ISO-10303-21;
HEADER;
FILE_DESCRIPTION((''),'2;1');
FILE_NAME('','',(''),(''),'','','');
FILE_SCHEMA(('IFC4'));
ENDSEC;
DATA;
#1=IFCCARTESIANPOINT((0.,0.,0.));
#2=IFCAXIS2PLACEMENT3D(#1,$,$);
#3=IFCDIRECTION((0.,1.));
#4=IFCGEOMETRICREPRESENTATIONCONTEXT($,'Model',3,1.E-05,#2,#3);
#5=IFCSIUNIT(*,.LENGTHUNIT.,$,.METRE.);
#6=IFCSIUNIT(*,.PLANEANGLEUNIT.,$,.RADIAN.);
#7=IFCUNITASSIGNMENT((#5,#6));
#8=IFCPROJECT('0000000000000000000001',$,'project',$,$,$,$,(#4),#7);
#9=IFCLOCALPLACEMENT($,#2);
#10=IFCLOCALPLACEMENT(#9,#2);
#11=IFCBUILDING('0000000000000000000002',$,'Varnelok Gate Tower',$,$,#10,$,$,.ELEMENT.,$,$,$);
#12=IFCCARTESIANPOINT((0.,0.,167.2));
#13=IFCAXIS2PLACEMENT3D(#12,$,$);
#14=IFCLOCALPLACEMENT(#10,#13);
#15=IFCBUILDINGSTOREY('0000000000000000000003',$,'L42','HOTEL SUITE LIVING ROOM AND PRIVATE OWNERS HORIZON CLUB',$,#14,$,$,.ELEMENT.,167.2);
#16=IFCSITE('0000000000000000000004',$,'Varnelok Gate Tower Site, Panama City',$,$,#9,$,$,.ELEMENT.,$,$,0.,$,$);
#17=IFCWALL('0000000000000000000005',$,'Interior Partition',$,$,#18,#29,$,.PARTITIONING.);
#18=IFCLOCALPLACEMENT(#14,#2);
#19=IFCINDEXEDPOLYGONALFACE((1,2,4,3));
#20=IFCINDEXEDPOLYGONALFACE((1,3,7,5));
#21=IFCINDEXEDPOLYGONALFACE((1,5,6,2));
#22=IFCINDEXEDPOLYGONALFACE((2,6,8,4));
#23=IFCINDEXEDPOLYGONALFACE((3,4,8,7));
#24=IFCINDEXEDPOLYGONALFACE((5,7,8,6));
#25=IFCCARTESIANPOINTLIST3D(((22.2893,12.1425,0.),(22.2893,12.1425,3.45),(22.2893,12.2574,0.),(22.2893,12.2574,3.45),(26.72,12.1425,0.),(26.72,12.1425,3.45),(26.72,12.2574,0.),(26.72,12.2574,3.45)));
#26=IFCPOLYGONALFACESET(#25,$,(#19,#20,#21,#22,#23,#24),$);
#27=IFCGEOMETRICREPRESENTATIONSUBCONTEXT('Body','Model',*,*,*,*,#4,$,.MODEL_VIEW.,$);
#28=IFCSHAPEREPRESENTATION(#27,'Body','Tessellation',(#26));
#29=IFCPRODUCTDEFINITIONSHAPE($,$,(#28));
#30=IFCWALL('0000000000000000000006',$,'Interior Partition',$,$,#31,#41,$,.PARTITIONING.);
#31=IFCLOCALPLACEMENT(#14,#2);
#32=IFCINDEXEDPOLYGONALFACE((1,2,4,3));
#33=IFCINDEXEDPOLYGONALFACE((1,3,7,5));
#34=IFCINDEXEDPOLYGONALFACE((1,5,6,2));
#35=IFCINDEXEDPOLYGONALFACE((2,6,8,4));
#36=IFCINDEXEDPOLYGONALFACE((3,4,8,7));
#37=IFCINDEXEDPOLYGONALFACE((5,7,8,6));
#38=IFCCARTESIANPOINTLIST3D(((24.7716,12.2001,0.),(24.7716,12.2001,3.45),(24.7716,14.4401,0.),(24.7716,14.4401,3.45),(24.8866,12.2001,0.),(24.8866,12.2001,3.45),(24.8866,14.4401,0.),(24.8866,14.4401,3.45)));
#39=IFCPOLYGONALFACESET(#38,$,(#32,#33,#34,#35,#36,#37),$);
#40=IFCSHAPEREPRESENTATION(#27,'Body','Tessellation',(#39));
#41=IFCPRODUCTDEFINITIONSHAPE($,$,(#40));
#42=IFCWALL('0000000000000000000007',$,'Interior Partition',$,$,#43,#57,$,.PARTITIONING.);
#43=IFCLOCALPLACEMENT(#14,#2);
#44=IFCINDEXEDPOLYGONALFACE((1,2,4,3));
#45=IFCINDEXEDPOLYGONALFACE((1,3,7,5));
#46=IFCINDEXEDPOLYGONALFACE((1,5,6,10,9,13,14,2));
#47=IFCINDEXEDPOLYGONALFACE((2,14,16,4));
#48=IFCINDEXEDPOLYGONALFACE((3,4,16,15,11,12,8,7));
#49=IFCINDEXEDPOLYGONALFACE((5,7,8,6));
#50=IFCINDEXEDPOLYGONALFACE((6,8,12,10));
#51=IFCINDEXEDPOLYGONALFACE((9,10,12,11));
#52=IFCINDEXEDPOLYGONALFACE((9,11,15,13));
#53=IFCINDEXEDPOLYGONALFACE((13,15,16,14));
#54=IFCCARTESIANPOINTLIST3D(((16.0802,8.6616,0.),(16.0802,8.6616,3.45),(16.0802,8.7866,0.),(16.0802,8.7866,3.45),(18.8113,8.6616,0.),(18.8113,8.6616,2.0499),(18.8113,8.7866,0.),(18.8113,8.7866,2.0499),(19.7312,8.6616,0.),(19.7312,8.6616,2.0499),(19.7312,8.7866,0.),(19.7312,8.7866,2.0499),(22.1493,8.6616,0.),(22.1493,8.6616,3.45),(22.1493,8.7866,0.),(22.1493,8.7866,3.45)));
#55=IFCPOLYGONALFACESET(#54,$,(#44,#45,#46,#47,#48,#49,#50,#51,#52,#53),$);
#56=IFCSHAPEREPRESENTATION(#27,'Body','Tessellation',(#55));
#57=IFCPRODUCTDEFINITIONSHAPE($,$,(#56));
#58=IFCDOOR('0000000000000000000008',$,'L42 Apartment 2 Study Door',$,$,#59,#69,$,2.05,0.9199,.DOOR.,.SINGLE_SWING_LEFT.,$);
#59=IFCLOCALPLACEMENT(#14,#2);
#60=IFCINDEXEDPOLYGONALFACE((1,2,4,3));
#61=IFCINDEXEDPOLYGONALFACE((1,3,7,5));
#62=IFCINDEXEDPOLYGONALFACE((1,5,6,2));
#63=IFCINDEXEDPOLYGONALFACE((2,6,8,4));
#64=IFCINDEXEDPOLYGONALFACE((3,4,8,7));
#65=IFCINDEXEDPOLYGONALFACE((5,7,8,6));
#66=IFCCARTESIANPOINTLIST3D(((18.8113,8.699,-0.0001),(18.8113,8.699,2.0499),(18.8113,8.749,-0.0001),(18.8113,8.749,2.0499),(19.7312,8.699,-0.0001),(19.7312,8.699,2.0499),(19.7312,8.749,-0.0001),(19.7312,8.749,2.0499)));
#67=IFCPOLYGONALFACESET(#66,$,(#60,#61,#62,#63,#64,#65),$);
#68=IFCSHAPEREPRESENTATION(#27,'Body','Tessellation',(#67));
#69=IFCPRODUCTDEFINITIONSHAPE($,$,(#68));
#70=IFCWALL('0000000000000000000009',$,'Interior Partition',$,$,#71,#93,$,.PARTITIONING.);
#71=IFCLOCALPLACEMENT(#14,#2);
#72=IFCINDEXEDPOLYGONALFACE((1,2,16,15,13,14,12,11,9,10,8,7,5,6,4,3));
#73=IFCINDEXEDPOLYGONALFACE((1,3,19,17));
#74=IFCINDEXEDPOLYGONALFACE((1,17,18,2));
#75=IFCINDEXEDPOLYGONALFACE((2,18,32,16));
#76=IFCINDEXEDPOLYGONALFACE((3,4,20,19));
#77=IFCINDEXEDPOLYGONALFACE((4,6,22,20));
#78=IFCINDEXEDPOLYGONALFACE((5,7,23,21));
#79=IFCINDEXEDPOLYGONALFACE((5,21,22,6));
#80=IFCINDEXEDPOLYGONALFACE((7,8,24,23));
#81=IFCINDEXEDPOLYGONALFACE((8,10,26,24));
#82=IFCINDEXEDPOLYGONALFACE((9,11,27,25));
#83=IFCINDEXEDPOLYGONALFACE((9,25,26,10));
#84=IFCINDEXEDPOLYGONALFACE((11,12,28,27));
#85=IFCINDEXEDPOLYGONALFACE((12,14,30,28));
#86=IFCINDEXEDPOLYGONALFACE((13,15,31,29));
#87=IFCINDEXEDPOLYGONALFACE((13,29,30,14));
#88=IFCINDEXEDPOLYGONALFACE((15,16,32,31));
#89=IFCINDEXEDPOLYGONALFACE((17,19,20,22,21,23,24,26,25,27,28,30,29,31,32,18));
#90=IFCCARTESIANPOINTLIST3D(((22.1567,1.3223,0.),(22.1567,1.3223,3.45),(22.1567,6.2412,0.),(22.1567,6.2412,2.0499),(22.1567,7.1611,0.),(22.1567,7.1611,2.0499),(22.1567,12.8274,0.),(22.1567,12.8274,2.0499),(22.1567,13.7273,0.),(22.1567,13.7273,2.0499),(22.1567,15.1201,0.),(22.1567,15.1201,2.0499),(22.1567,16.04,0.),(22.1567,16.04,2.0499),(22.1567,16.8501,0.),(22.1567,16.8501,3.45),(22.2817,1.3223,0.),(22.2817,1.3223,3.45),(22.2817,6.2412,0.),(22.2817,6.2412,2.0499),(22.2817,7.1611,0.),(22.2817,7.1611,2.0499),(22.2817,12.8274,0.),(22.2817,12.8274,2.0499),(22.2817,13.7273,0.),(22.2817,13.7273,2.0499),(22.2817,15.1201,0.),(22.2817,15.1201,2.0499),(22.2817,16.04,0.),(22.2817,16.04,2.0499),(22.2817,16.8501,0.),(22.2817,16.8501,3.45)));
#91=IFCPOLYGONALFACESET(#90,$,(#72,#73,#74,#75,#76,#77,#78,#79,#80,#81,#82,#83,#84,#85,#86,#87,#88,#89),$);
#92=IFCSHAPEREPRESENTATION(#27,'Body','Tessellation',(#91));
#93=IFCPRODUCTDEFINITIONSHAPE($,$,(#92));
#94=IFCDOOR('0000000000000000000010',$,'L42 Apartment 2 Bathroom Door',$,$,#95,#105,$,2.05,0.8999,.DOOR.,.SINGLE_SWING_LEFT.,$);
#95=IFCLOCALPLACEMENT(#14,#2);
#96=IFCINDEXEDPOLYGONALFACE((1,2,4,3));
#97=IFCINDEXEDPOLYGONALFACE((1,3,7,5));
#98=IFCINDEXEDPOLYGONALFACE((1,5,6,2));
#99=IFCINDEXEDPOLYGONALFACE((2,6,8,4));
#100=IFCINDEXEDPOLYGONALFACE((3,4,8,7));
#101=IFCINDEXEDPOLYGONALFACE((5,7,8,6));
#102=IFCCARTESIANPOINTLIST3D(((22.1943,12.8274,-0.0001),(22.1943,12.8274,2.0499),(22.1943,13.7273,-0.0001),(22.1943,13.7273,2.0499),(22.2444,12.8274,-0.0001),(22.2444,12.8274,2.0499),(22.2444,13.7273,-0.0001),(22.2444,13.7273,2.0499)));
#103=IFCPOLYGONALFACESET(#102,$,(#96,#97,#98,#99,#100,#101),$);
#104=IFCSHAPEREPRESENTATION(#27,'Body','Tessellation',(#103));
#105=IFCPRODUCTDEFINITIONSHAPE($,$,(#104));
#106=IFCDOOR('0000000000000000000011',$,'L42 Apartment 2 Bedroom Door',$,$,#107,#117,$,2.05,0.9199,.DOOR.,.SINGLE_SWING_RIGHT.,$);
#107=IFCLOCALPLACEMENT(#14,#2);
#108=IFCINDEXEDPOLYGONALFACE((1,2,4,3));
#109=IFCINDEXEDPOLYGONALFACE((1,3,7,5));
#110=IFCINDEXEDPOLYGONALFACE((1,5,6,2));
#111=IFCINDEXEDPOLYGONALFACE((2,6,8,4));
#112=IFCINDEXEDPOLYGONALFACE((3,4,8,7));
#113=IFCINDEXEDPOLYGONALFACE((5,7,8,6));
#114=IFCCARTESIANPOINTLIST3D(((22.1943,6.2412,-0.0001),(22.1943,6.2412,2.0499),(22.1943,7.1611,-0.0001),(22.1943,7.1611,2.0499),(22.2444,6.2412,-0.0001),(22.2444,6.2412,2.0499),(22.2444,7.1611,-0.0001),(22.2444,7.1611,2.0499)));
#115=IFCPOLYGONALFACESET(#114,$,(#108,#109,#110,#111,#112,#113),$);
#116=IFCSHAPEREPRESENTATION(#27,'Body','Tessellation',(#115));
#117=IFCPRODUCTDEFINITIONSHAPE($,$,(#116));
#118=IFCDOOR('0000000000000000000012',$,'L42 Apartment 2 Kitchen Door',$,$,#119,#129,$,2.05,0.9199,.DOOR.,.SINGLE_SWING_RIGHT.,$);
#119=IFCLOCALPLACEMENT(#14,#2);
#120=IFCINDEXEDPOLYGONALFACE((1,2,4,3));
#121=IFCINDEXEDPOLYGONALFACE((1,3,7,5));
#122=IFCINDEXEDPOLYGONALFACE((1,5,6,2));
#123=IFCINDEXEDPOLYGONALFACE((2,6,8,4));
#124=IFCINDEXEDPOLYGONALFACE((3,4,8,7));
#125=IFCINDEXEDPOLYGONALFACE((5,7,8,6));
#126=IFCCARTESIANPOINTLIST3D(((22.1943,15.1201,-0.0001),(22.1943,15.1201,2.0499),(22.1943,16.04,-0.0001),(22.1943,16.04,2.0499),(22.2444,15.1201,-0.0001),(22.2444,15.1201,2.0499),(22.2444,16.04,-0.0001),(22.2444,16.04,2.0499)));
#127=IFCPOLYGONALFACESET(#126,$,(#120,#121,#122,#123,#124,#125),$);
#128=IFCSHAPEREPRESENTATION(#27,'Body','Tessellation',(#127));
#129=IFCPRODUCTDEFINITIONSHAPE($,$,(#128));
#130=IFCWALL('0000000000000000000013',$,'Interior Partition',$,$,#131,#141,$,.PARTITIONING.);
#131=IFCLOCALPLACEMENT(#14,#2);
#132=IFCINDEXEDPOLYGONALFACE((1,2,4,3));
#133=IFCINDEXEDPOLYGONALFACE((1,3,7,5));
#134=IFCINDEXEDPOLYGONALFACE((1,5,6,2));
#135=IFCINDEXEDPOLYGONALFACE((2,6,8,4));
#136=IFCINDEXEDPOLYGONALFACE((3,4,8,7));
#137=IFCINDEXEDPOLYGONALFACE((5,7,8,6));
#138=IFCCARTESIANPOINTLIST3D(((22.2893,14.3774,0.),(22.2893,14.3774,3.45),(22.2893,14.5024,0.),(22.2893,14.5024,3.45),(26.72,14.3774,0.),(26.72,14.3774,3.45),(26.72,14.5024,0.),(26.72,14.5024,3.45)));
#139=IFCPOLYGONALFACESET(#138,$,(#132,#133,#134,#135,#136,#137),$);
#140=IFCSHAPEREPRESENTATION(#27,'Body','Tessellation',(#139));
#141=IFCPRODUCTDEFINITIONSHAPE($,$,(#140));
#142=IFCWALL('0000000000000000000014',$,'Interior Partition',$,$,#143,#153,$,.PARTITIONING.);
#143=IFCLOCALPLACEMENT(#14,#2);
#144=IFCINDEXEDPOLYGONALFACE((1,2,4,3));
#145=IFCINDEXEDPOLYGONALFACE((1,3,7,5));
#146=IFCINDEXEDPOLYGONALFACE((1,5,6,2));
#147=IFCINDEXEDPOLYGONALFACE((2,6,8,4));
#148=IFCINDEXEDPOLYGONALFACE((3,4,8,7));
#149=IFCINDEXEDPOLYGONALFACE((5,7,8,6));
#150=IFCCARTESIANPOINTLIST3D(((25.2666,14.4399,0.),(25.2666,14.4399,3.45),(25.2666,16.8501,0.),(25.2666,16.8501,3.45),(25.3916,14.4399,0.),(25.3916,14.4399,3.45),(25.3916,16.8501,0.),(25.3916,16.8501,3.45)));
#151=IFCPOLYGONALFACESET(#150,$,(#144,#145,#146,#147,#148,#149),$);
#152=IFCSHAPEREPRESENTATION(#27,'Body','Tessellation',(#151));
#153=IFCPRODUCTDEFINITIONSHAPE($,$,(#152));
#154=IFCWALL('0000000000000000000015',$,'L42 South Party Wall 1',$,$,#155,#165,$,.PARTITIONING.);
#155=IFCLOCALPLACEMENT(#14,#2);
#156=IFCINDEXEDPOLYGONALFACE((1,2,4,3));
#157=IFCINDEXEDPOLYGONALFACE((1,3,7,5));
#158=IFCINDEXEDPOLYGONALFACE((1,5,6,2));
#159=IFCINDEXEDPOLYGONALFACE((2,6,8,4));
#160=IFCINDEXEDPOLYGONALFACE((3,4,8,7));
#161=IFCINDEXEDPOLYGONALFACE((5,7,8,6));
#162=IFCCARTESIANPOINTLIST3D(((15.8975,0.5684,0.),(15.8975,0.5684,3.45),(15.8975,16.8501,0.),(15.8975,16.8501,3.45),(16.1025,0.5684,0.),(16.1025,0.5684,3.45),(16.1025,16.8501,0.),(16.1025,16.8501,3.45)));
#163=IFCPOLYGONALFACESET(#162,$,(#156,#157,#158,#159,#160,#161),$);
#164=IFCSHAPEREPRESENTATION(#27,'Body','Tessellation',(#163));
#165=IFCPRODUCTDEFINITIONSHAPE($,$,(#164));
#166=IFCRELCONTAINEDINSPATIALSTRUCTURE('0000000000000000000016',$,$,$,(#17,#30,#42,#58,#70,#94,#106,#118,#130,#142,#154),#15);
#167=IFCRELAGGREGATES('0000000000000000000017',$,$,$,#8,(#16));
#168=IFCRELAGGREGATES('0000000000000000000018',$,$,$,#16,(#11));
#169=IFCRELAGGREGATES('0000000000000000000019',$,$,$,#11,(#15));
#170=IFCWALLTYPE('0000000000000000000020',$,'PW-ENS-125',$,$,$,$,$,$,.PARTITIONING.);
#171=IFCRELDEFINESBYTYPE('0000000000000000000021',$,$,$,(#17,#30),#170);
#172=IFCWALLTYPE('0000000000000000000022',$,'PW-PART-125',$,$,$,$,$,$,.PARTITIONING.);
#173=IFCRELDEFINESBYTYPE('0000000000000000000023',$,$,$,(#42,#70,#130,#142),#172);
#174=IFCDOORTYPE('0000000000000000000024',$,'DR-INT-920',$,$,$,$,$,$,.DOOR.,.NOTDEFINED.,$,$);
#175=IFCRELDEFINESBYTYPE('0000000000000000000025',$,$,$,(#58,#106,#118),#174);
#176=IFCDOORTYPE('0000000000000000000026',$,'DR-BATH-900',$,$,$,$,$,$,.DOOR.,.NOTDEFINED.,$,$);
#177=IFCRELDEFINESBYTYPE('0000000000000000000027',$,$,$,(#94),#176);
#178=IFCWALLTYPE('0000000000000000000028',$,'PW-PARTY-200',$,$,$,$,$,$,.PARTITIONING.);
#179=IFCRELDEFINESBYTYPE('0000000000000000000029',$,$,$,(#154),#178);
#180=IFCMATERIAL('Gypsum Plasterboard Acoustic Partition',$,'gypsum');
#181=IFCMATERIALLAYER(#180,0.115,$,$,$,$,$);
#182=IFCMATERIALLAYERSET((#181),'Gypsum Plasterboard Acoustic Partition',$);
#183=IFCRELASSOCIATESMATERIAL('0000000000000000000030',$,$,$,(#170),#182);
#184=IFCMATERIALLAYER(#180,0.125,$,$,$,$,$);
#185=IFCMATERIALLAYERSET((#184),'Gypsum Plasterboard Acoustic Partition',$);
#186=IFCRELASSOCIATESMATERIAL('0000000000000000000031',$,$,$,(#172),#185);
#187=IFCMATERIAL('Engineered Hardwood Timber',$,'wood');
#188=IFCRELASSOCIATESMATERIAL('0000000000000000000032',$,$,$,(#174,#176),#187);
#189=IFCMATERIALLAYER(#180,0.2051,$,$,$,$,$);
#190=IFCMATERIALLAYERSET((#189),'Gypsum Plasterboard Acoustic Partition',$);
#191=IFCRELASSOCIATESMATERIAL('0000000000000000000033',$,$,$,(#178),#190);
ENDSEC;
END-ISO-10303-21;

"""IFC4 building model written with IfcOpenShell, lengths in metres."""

from ifc_helpers import new_model, si_unit, direction, frame, frame_2d, origin, place, context, subcontext, project, spatial, rectangle, extrude, material, layer, layer_set, type_object, element, fill, save


model = new_model("IFC4")

# Units and contexts
model_context = context("Model", 3, precision=1e-05, world=origin(), true_north=direction((0.0, 1.0)))
body_context = subcontext(model_context, "Body", "Model", "MODEL_VIEW")
ifc_project = project(units=[si_unit("LENGTHUNIT", "METRE"), si_unit("PLANEANGLEUNIT", "RADIAN")], contexts=[model_context])

# Site, building, storey
site_placement = place(None, origin())
site = spatial("IfcSite", under=ifc_project, at=site_placement, Name="Varnelok Gate Tower Site, Panama City", CompositionType="ELEMENT", RefElevation=0.0)
building_placement = place(site_placement, origin())
building = spatial("IfcBuilding", under=site, at=building_placement, Name="Varnelok Gate Tower", CompositionType="ELEMENT")
storey_placement = place(building_placement, frame((0.0, 0.0, 167.2)))
storey = spatial("IfcBuildingStorey", under=building, at=storey_placement, Name="L42", Description="HOTEL SUITE LIVING ROOM AND PRIVATE OWNERS HORIZON CLUB", CompositionType="ELEMENT", Elevation=167.2)

# Shared definitions
ifc_material_1 = material(Name="Gypsum Plasterboard Acoustic Partition", Category="gypsum")
ifc_material_2 = material(Name="Engineered Hardwood Timber", Category="wood")

# Walls
ifc_layer_1 = layer(ifc_material_1, 0.115)
ifc_layer_set_1 = layer_set([ifc_layer_1], Name="Gypsum Plasterboard Acoustic Partition")
wall_type_1 = type_object("IfcWallType", Name="PW-ENS-125", PredefinedType="PARTITIONING", material=ifc_layer_set_1)
wall_1_placement = place(storey_placement, frame((22.2893, 12.2, 0.0), z_axis=(0.0, 0.0, 1.0), x_axis=(1.0, 0.0, 0.0)))
element("IfcWall", 1, at=wall_1_placement, inside=storey, type_object=wall_type_1, Name="Interior Partition", PredefinedType="PARTITIONING", context=body_context, shape_type="SweptSolid", body=[
    extrude(rectangle(XDim=4.4307, YDim=0.115, at=frame_2d((2.2153, 0.0))), origin(), (0.0, 0.0, 1.0), 3.45),
])
wall_2_placement = place(storey_placement, frame((24.8291, 12.2, 0.0), z_axis=(0.0, 0.0, 1.0), x_axis=(0.0, 1.0, 0.0)))
element("IfcWall", 2, at=wall_2_placement, inside=storey, type_object=wall_type_1, Name="Interior Partition", PredefinedType="PARTITIONING", context=body_context, shape_type="SweptSolid", body=[
    extrude(rectangle(XDim=2.24, YDim=0.115, at=frame_2d((1.1201, 0.0))), origin(), (0.0, 0.0, 1.0), 3.45),
])

# Wall, opening, door
ifc_layer_2 = layer(ifc_material_1, 0.125)
ifc_layer_set_2 = layer_set([ifc_layer_2], Name="Gypsum Plasterboard Acoustic Partition")
wall_type_2 = type_object("IfcWallType", Name="PW-PART-125", PredefinedType="PARTITIONING", material=ifc_layer_set_2)
wall_3_placement = place(storey_placement, frame((16.0801, 8.7241, 0.0), z_axis=(0.0, 0.0, 1.0), x_axis=(1.0, 0.0, 0.0)))
wall_3 = element("IfcWall", 3, at=wall_3_placement, inside=storey, type_object=wall_type_2, Name="Interior Partition", PredefinedType="PARTITIONING", context=body_context, shape_type="SweptSolid", body=[
    extrude(rectangle(XDim=6.0691, YDim=0.125, at=frame_2d((3.0347, 0.0))), origin(), (0.0, 0.0, 1.0), 3.45),
])
opening_1_placement = place(wall_3_placement, frame((2.7312, 0.0, 0.0)))
opening_1 = element("IfcOpeningElement", 4, at=opening_1_placement, cuts=wall_3, PredefinedType="OPENING", context=body_context, shape_type="SweptSolid", body=[
    extrude(rectangle(XDim=0.9199, YDim=2.05, at=frame_2d((0.46, 1.0249))), frame((0.0, 0.0725, 0.0), z_axis=(0.0, -1.0, 0.0), x_axis=(1.0, 0.0, 0.0)), (0.0, 0.0, 1.0), 0.145),
])
door_type_1 = type_object("IfcDoorType", Name="DR-INT-920", OperationType="NOTDEFINED", PredefinedType="DOOR", material=ifc_material_2)
door_1_placement = place(opening_1_placement, origin())
door_1 = element("IfcDoor", 5, at=door_1_placement, inside=storey, type_object=door_type_1, Name="L42 Apartment 2 Study Door", OperationType="SINGLE_SWING_LEFT", OverallHeight=2.05, OverallWidth=0.9199, PredefinedType="DOOR", context=body_context, shape_type="SweptSolid", body=[
    extrude(rectangle(XDim=0.9199, YDim=2.05, at=frame_2d((0.46, 1.0249))), frame((0.0, 0.0249, 0.0), z_axis=(0.0, -1.0, 0.0), x_axis=(1.0, 0.0, 0.0)), (0.0, 0.0, 1.0), 0.05),
])
fill(opening_1, door_1)

# Wall, openings, doors
wall_4_placement = place(storey_placement, frame((22.2192, 1.3223, 0.0), z_axis=(0.0, 0.0, 1.0), x_axis=(0.0, 1.0, 0.0)))
wall_4 = element("IfcWall", 6, at=wall_4_placement, inside=storey, type_object=wall_type_2, Name="Interior Partition", PredefinedType="PARTITIONING", context=body_context, shape_type="SweptSolid", body=[
    extrude(rectangle(XDim=15.5278, YDim=0.125, at=frame_2d((7.7639, 0.0))), origin(), (0.0, 0.0, 1.0), 3.45),
])
opening_2_placement = place(wall_4_placement, frame((4.9189, 0.0, 0.0)))
opening_2 = element("IfcOpeningElement", 7, at=opening_2_placement, cuts=wall_4, PredefinedType="OPENING", context=body_context, shape_type="SweptSolid", body=[
    extrude(rectangle(XDim=0.9199, YDim=2.05, at=frame_2d((0.46, 1.0249))), frame((0.0, 0.0725, 0.0), z_axis=(0.0, -1.0, 0.0), x_axis=(1.0, 0.0, 0.0)), (0.0, 0.0, 1.0), 0.145),
])
opening_3_placement = place(wall_4_placement, frame((11.5051, 0.0, 0.0)))
opening_3 = element("IfcOpeningElement", 8, at=opening_3_placement, cuts=wall_4, PredefinedType="OPENING", context=body_context, shape_type="SweptSolid", body=[
    extrude(rectangle(XDim=0.8999, YDim=2.05, at=frame_2d((0.45, 1.0249))), frame((0.0, 0.0725, 0.0), z_axis=(0.0, -1.0, 0.0), x_axis=(1.0, 0.0, 0.0)), (0.0, 0.0, 1.0), 0.145),
])
opening_4_placement = place(wall_4_placement, frame((13.7979, 0.0, 0.0)))
opening_4 = element("IfcOpeningElement", 9, at=opening_4_placement, cuts=wall_4, PredefinedType="OPENING", context=body_context, shape_type="SweptSolid", body=[
    extrude(rectangle(XDim=0.9199, YDim=2.05, at=frame_2d((0.46, 1.0249))), frame((0.0, 0.0725, 0.0), z_axis=(0.0, -1.0, 0.0), x_axis=(1.0, 0.0, 0.0)), (0.0, 0.0, 1.0), 0.145),
])
door_type_2 = type_object("IfcDoorType", Name="DR-BATH-900", OperationType="NOTDEFINED", PredefinedType="DOOR", material=ifc_material_2)
door_2_placement = place(opening_3_placement, origin())
door_2 = element("IfcDoor", 10, at=door_2_placement, inside=storey, type_object=door_type_2, Name="L42 Apartment 2 Bathroom Door", OperationType="SINGLE_SWING_LEFT", OverallHeight=2.05, OverallWidth=0.8999, PredefinedType="DOOR", context=body_context, shape_type="SweptSolid", body=[
    extrude(rectangle(XDim=0.8999, YDim=2.05, at=frame_2d((0.45, 1.0249))), frame((0.0, 0.0249, 0.0), z_axis=(0.0, -1.0, 0.0), x_axis=(1.0, 0.0, 0.0)), (0.0, 0.0, 1.0), 0.05),
])
fill(opening_3, door_2)
door_3_placement = place(opening_2_placement, origin())
door_3 = element("IfcDoor", 11, at=door_3_placement, inside=storey, type_object=door_type_1, Name="L42 Apartment 2 Bedroom Door", OperationType="SINGLE_SWING_RIGHT", OverallHeight=2.05, OverallWidth=0.9199, PredefinedType="DOOR", context=body_context, shape_type="SweptSolid", body=[
    extrude(rectangle(XDim=0.9199, YDim=2.05, at=frame_2d((0.46, 1.0249))), frame((0.0, 0.0249, 0.0), z_axis=(0.0, -1.0, 0.0), x_axis=(1.0, 0.0, 0.0)), (0.0, 0.0, 1.0), 0.05),
])
fill(opening_2, door_3)
door_4_placement = place(opening_4_placement, origin())
door_4 = element("IfcDoor", 12, at=door_4_placement, inside=storey, type_object=door_type_1, Name="L42 Apartment 2 Kitchen Door", OperationType="SINGLE_SWING_RIGHT", OverallHeight=2.05, OverallWidth=0.9199, PredefinedType="DOOR", context=body_context, shape_type="SweptSolid", body=[
    extrude(rectangle(XDim=0.9199, YDim=2.05, at=frame_2d((0.46, 1.0249))), frame((0.0, 0.0249, 0.0), z_axis=(0.0, -1.0, 0.0), x_axis=(1.0, 0.0, 0.0)), (0.0, 0.0, 1.0), 0.05),
])
fill(opening_4, door_4)

# Walls
wall_5_placement = place(storey_placement, frame((22.2893, 14.4399, 0.0), z_axis=(0.0, 0.0, 1.0), x_axis=(1.0, 0.0, 0.0)))
element("IfcWall", 13, at=wall_5_placement, inside=storey, type_object=wall_type_2, Name="Interior Partition", PredefinedType="PARTITIONING", context=body_context, shape_type="SweptSolid", body=[
    extrude(rectangle(XDim=4.4307, YDim=0.125, at=frame_2d((2.2153, 0.0))), origin(), (0.0, 0.0, 1.0), 3.45),
])
wall_6_placement = place(storey_placement, frame((25.3291, 14.4399, 0.0), z_axis=(0.0, 0.0, 1.0), x_axis=(0.0, 1.0, 0.0)))
element("IfcWall", 14, at=wall_6_placement, inside=storey, type_object=wall_type_2, Name="Interior Partition", PredefinedType="PARTITIONING", context=body_context, shape_type="SweptSolid", body=[
    extrude(rectangle(XDim=2.4102, YDim=0.125, at=frame_2d((1.2051, 0.0))), origin(), (0.0, 0.0, 1.0), 3.45),
])
ifc_layer_3 = layer(ifc_material_1, 0.2051)
ifc_layer_set_3 = layer_set([ifc_layer_3], Name="Gypsum Plasterboard Acoustic Partition")
wall_type_3 = type_object("IfcWallType", Name="PW-PARTY-200", PredefinedType="PARTITIONING", material=ifc_layer_set_3)
wall_7_placement = place(storey_placement, frame((16.0, 0.5684, 0.0), z_axis=(0.0, 0.0, 1.0), x_axis=(0.0, 1.0, 0.0)))
element("IfcWall", 15, at=wall_7_placement, inside=storey, type_object=wall_type_3, Name="L42 South Party Wall 1", PredefinedType="PARTITIONING", context=body_context, shape_type="SweptSolid", body=[
    extrude(rectangle(XDim=16.2817, YDim=0.2051, at=frame_2d((8.1409, 0.0))), origin(), (0.0, 0.0, 1.0), 3.45),
])

save(model, "model.ifc")
